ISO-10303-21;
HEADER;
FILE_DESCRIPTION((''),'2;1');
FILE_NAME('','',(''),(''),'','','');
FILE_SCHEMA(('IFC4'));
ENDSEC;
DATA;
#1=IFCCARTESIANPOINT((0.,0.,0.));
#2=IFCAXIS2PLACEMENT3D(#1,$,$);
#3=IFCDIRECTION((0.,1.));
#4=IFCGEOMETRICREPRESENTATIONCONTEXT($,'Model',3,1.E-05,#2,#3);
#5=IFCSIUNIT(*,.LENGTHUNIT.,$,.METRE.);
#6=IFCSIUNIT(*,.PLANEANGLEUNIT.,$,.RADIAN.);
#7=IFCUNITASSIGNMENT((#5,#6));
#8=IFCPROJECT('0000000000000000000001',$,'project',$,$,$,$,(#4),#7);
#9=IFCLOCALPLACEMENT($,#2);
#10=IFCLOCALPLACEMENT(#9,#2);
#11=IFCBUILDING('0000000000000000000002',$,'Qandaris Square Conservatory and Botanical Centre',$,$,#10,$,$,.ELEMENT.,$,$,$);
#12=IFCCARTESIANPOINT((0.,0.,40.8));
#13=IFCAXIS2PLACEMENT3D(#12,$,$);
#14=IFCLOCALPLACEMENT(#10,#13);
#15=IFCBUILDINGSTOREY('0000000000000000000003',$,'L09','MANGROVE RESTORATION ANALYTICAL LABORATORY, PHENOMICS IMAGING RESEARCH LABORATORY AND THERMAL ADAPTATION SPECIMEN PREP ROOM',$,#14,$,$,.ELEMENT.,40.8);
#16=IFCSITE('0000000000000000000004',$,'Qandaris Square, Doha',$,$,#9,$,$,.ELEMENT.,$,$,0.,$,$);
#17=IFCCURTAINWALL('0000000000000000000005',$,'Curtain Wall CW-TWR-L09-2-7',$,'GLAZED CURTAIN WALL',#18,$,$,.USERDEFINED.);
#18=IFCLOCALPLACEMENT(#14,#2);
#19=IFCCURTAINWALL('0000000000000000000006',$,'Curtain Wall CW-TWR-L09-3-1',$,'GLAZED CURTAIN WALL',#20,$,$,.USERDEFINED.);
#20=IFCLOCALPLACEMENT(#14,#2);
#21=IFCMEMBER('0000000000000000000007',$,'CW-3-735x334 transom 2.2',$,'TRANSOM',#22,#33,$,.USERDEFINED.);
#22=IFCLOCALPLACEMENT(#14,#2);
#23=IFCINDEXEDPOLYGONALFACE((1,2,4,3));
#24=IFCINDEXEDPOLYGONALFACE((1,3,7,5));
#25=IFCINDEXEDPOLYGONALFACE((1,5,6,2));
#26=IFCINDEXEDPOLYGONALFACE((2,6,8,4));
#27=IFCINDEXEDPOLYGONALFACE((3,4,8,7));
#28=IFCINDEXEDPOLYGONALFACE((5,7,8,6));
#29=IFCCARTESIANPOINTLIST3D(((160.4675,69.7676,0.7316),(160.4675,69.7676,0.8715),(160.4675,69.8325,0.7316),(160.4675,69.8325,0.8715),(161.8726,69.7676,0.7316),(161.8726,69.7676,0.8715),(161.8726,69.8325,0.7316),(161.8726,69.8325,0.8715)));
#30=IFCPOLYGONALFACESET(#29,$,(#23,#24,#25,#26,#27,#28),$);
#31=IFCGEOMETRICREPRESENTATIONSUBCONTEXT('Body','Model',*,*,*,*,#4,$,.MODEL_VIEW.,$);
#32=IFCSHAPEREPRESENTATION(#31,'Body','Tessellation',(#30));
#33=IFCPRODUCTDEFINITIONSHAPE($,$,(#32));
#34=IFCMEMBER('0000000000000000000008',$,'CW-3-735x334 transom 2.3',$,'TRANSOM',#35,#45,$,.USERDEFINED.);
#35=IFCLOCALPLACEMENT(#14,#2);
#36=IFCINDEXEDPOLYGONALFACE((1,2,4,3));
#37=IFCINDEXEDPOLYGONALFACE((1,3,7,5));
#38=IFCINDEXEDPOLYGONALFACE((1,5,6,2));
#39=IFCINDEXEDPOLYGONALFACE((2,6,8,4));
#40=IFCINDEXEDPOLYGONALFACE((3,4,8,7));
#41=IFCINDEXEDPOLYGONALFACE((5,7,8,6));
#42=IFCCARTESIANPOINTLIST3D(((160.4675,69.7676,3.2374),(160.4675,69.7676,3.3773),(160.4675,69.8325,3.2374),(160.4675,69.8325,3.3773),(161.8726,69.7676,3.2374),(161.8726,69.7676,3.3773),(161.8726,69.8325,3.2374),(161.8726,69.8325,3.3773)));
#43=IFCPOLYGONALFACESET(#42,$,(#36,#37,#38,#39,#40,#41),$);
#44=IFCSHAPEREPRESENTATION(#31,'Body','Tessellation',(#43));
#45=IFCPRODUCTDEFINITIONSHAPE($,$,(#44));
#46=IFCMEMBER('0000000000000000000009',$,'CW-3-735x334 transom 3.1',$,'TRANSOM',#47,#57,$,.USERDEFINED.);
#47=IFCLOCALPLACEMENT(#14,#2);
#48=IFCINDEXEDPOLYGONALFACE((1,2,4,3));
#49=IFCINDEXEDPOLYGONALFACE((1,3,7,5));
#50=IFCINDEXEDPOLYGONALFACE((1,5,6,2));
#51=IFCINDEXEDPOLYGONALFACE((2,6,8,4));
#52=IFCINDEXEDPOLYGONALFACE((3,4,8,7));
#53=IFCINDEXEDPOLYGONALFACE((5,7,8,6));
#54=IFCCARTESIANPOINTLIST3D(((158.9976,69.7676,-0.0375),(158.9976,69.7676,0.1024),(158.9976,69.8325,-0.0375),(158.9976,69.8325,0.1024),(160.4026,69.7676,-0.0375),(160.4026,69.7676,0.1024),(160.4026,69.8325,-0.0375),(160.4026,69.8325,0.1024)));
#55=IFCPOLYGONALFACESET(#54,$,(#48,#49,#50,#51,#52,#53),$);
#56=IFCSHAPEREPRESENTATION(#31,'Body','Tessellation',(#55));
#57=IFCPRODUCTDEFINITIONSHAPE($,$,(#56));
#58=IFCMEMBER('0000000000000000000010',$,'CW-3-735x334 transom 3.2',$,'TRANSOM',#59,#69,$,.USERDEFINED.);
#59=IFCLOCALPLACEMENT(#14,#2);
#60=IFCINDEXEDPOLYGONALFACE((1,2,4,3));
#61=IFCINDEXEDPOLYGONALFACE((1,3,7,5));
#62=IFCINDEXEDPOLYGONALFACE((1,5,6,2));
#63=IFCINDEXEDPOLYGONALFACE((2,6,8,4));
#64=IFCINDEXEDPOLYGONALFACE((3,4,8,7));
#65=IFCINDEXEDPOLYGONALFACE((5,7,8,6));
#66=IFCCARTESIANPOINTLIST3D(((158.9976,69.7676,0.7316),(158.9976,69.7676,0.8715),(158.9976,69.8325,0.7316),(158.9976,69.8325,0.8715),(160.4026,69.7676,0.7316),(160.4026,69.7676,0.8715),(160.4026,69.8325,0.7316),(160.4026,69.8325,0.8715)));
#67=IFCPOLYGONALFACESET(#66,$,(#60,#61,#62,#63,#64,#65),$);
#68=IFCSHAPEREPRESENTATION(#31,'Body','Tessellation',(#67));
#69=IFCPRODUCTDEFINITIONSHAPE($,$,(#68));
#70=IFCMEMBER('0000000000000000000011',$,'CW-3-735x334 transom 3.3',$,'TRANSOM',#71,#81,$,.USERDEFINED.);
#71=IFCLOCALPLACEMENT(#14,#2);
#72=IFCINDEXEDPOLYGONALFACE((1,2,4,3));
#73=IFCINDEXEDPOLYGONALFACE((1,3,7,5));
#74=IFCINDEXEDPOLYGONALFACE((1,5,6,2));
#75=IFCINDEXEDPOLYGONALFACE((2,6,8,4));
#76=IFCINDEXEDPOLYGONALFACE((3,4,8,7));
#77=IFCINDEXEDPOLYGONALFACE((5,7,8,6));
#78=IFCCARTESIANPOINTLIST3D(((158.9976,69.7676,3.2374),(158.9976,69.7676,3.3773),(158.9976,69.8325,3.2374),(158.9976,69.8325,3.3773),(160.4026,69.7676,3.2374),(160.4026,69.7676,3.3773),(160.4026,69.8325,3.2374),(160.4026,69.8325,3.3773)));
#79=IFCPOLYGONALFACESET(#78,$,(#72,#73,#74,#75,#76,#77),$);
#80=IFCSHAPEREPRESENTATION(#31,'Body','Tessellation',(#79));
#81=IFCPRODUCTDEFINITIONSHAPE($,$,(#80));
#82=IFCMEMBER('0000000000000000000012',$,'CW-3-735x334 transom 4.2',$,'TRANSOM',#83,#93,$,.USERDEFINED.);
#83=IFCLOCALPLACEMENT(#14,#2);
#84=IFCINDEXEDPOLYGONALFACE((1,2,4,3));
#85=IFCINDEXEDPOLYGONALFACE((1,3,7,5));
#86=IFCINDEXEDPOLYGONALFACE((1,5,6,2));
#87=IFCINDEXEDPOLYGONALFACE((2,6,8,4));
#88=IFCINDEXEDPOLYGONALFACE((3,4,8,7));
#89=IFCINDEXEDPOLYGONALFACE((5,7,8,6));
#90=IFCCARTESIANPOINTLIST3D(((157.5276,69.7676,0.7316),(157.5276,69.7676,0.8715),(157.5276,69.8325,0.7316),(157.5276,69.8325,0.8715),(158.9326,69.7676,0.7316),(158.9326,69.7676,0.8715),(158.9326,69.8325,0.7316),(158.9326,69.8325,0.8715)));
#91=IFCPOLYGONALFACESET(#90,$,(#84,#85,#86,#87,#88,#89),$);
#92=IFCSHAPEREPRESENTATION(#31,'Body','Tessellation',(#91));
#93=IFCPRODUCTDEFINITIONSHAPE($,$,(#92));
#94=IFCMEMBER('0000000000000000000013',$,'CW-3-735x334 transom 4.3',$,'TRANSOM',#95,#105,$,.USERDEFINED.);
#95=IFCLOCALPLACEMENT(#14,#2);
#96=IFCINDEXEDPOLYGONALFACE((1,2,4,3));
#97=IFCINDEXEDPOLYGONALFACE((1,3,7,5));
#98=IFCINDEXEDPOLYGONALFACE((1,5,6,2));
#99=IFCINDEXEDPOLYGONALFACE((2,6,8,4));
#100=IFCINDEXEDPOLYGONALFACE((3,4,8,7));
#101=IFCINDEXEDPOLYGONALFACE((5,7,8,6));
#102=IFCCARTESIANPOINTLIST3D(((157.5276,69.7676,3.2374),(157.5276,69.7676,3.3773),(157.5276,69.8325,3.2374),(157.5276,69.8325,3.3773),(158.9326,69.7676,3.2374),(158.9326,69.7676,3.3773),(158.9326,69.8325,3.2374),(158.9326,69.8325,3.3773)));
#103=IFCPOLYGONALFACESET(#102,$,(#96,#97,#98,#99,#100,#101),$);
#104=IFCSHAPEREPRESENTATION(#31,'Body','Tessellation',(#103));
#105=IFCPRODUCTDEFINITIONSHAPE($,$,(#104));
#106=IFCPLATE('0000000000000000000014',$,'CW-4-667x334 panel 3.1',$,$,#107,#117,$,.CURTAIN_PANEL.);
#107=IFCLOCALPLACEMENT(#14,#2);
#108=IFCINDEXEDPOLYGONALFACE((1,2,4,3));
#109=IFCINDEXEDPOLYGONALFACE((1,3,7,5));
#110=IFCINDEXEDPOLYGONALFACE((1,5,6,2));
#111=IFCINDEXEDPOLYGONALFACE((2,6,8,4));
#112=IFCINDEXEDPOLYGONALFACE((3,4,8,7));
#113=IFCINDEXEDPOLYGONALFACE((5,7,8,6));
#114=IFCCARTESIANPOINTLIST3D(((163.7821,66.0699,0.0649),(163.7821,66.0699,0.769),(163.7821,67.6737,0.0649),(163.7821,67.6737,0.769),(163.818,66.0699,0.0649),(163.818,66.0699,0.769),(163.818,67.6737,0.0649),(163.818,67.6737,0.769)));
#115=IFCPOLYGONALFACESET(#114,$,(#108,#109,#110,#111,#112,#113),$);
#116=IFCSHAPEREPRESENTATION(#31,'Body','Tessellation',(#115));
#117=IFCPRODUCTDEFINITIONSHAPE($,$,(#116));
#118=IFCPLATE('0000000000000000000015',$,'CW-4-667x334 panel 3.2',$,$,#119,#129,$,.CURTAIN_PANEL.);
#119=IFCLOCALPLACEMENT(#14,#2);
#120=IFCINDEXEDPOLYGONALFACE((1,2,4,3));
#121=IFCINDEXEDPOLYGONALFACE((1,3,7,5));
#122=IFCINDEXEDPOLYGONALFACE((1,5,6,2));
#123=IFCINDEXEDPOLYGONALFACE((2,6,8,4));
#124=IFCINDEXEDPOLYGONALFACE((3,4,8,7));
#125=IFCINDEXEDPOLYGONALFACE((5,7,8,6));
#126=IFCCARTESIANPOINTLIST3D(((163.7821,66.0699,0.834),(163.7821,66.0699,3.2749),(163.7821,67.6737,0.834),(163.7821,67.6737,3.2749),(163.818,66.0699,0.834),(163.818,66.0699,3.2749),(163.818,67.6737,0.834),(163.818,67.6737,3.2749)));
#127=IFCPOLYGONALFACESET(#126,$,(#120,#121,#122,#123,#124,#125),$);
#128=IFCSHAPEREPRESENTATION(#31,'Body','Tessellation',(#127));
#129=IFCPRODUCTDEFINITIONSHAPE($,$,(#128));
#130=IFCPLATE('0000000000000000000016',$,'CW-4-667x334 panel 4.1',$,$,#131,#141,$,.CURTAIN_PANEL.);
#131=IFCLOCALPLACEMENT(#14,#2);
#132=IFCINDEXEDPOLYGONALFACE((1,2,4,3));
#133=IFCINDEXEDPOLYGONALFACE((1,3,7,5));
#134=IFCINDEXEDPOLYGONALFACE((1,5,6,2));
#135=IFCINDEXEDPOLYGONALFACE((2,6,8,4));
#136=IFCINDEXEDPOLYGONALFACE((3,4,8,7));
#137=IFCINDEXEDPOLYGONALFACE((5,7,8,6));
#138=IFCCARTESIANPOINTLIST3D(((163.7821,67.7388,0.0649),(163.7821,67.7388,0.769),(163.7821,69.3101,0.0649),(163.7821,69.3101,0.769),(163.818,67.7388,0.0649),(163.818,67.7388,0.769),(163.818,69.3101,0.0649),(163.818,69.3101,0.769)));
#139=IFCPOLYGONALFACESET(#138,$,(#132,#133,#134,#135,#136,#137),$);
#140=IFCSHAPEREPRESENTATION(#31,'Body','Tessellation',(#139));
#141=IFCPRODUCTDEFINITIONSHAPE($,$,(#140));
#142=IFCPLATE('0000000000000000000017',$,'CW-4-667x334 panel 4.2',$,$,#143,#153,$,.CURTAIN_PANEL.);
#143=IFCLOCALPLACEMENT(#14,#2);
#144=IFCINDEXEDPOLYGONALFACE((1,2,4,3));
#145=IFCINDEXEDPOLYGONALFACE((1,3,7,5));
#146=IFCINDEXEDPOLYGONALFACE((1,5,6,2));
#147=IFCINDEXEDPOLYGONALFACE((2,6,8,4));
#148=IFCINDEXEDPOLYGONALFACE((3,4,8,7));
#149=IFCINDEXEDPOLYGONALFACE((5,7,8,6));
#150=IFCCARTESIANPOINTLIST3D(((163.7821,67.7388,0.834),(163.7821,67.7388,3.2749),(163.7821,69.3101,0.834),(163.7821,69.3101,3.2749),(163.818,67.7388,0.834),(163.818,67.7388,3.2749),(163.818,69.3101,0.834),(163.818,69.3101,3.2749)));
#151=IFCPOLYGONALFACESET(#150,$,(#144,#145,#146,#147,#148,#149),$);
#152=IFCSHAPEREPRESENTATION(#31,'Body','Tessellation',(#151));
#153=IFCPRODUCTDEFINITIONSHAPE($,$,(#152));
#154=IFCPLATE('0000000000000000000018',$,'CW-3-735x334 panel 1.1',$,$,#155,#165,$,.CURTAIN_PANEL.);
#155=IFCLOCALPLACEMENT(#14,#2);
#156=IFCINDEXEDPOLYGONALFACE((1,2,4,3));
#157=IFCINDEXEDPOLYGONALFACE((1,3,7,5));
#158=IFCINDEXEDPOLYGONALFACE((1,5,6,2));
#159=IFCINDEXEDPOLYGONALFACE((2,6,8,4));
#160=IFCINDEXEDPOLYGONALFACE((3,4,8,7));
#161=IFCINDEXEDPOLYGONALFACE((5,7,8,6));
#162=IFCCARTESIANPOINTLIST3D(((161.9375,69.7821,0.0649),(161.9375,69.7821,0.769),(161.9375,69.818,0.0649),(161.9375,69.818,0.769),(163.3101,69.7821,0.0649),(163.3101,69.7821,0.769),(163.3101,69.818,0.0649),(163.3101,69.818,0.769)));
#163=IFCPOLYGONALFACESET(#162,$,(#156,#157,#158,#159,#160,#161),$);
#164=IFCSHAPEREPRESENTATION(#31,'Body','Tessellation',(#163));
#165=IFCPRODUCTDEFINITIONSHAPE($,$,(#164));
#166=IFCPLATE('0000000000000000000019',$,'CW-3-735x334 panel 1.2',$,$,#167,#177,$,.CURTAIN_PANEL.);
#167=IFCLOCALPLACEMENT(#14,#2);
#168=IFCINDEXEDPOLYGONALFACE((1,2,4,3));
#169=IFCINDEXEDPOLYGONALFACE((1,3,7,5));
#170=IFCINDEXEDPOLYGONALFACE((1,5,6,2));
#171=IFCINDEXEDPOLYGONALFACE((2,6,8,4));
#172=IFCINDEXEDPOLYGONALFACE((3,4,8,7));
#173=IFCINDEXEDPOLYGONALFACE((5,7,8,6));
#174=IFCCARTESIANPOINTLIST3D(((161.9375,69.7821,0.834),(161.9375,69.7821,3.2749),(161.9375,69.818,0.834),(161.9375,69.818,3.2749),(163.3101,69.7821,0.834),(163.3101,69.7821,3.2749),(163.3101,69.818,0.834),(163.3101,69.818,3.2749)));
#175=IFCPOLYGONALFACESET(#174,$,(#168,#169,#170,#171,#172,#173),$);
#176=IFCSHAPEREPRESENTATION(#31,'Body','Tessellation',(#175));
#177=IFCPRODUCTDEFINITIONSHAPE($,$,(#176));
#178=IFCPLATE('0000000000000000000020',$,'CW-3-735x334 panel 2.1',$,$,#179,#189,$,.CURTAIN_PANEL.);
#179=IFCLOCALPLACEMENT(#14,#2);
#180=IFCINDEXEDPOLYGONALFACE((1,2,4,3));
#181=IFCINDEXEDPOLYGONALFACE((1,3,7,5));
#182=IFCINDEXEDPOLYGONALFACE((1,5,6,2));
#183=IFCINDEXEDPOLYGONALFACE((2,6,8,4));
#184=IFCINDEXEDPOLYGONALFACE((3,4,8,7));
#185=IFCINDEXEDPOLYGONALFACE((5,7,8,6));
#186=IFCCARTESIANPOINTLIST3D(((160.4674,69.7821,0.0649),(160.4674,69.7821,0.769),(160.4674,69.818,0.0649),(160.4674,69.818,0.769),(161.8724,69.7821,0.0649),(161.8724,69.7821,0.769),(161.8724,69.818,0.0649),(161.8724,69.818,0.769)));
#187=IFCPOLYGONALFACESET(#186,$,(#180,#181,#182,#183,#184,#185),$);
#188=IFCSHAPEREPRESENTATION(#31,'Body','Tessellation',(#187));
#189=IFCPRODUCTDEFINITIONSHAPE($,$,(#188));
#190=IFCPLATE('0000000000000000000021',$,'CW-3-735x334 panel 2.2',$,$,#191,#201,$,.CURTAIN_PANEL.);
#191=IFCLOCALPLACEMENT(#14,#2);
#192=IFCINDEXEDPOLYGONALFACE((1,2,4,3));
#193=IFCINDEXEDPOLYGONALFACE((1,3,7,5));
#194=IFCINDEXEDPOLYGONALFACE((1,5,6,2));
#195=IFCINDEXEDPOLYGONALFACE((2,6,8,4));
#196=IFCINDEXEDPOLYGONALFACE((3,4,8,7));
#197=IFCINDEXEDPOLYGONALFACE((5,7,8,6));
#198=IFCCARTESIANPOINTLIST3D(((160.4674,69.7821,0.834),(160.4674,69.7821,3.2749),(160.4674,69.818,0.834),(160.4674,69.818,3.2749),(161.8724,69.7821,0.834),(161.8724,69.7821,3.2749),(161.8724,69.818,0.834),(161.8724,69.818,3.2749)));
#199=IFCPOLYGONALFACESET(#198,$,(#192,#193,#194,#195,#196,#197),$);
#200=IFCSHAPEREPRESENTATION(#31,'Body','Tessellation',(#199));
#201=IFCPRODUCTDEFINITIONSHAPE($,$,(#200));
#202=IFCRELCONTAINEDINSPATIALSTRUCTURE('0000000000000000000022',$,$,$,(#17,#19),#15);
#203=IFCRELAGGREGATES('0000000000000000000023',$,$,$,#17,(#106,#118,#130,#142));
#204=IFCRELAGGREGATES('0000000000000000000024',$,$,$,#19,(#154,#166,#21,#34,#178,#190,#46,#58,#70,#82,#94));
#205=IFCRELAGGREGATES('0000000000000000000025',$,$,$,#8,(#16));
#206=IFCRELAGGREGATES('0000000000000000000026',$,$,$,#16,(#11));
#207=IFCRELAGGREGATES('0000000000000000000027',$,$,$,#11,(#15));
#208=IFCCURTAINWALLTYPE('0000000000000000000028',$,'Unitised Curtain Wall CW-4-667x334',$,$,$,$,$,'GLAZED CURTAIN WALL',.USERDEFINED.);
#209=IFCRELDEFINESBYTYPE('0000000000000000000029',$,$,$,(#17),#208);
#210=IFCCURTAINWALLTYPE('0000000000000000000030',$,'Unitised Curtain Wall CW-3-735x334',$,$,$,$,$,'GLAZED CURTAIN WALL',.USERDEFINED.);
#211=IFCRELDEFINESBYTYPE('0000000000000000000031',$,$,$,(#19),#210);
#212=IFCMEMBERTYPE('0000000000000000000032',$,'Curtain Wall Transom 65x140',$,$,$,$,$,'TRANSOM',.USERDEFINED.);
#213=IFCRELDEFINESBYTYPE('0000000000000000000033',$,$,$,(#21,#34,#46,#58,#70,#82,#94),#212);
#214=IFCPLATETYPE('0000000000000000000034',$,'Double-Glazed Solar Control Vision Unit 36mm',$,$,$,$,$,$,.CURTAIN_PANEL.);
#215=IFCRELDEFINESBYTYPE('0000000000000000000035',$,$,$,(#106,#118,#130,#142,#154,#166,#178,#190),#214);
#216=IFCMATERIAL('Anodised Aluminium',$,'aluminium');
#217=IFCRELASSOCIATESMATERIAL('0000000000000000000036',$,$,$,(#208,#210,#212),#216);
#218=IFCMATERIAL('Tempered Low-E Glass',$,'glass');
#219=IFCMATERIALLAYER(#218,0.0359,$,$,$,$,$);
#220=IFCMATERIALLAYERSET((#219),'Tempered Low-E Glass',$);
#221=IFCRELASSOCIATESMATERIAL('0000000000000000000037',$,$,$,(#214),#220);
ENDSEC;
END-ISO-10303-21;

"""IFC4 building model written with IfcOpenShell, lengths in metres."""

from ifc_helpers import new_model, si_unit, direction, frame, origin, origin_2d, place, context, subcontext, project, spatial, rectangle, extrude, material, layer, layer_set, material_profile, profile_set, type_object, element, aggregate, save


model = new_model("IFC4")

# Units and contexts
model_context = context("Model", 3, precision=1e-05, world=origin(), true_north=direction((0.0, 1.0)))
body_context = subcontext(model_context, "Body", "Model", "MODEL_VIEW")
ifc_project = project(units=[si_unit("LENGTHUNIT", "METRE"), si_unit("PLANEANGLEUNIT", "RADIAN")], contexts=[model_context])

# Site, building, storey
site_placement = place(None, origin())
site = spatial("IfcSite", under=ifc_project, at=site_placement, Name="Qandaris Square, Doha", CompositionType="ELEMENT", RefElevation=0.0)
building_placement = place(site_placement, origin())
building = spatial("IfcBuilding", under=site, at=building_placement, Name="Qandaris Square Conservatory and Botanical Centre", CompositionType="ELEMENT")
storey_placement = place(building_placement, frame((0.0, 0.0, 40.8)))
storey = spatial("IfcBuildingStorey", under=building, at=storey_placement, Name="L09", Description="MANGROVE RESTORATION ANALYTICAL LABORATORY, PHENOMICS IMAGING RESEARCH LABORATORY AND THERMAL ADAPTATION SPECIMEN PREP ROOM", CompositionType="ELEMENT", Elevation=40.8)

# Curtain walls
ifc_material_1 = material(Name="Anodised Aluminium", Category="aluminium")
curtain_wall_type_1 = type_object("IfcCurtainWallType", Name="Unitised Curtain Wall CW-4-667x334", ElementType="GLAZED CURTAIN WALL", PredefinedType="USERDEFINED", material=ifc_material_1)
curtain_wall_1_placement = place(storey_placement, origin())
curtain_wall_1 = element("IfcCurtainWall", 1, at=curtain_wall_1_placement, inside=storey, type_object=curtain_wall_type_1, Name="Curtain Wall CW-TWR-L09-2-7", ObjectType="GLAZED CURTAIN WALL", PredefinedType="USERDEFINED")
curtain_wall_type_2 = type_object("IfcCurtainWallType", Name="Unitised Curtain Wall CW-3-735x334", ElementType="GLAZED CURTAIN WALL", PredefinedType="USERDEFINED", material=ifc_material_1)
curtain_wall_2_placement = place(storey_placement, origin())
curtain_wall_2 = element("IfcCurtainWall", 2, at=curtain_wall_2_placement, inside=storey, type_object=curtain_wall_type_2, Name="Curtain Wall CW-TWR-L09-3-1", ObjectType="GLAZED CURTAIN WALL", PredefinedType="USERDEFINED")

# Members
ifc_material_profile_1 = material_profile(ifc_material_1, rectangle(XDim=0.0649, YDim=0.1399, at=origin_2d()), Name="ALU-TRN 65x140")
ifc_profile_set_1 = profile_set([ifc_material_profile_1], Name="Anodised Aluminium")
member_type_1 = type_object("IfcMemberType", Name="Curtain Wall Transom 65x140", ElementType="TRANSOM", PredefinedType="USERDEFINED", material=ifc_profile_set_1)
member_1_placement = place(storey_placement, frame((161.8726, 69.8, 0.8015), z_axis=(-1.0, 0.0, 0.0), x_axis=(0.0, -1.0, 0.0)))
member_1 = element("IfcMember", 3, at=member_1_placement, type_object=member_type_1, Name="CW-3-735x334 transom 2.2", ObjectType="TRANSOM", PredefinedType="USERDEFINED", context=body_context, shape_type="SweptSolid", body=[
    extrude(rectangle(XDim=0.0649, YDim=0.1399, at=origin_2d()), origin(), (0.0, 0.0, 1.0), 1.405),
])
member_2_placement = place(storey_placement, frame((161.8726, 69.8, 3.3074), z_axis=(-1.0, 0.0, 0.0), x_axis=(0.0, -1.0, 0.0)))
member_2 = element("IfcMember", 4, at=member_2_placement, type_object=member_type_1, Name="CW-3-735x334 transom 2.3", ObjectType="TRANSOM", PredefinedType="USERDEFINED", context=body_context, shape_type="SweptSolid", body=[
    extrude(rectangle(XDim=0.0649, YDim=0.1399, at=origin_2d()), origin(), (0.0, 0.0, 1.0), 1.405),
])
member_3_placement = place(storey_placement, frame((160.4026, 69.8, 0.0325), z_axis=(-1.0, 0.0, 0.0), x_axis=(0.0, -1.0, 0.0)))
member_3 = element("IfcMember", 5, at=member_3_placement, type_object=member_type_1, Name="CW-3-735x334 transom 3.1", ObjectType="TRANSOM", PredefinedType="USERDEFINED", context=body_context, shape_type="SweptSolid", body=[
    extrude(rectangle(XDim=0.0649, YDim=0.1399, at=origin_2d()), origin(), (0.0, 0.0, 1.0), 1.405),
])
member_4_placement = place(storey_placement, frame((160.4026, 69.8, 0.8015), z_axis=(-1.0, 0.0, 0.0), x_axis=(0.0, -1.0, 0.0)))
member_4 = element("IfcMember", 6, at=member_4_placement, type_object=member_type_1, Name="CW-3-735x334 transom 3.2", ObjectType="TRANSOM", PredefinedType="USERDEFINED", context=body_context, shape_type="SweptSolid", body=[
    extrude(rectangle(XDim=0.0649, YDim=0.1399, at=origin_2d()), origin(), (0.0, 0.0, 1.0), 1.405),
])
member_5_placement = place(storey_placement, frame((160.4026, 69.8, 3.3074), z_axis=(-1.0, 0.0, 0.0), x_axis=(0.0, -1.0, 0.0)))
member_5 = element("IfcMember", 7, at=member_5_placement, type_object=member_type_1, Name="CW-3-735x334 transom 3.3", ObjectType="TRANSOM", PredefinedType="USERDEFINED", context=body_context, shape_type="SweptSolid", body=[
    extrude(rectangle(XDim=0.0649, YDim=0.1399, at=origin_2d()), origin(), (0.0, 0.0, 1.0), 1.405),
])
member_6_placement = place(storey_placement, frame((158.9326, 69.8, 0.8015), z_axis=(-1.0, 0.0, 0.0), x_axis=(0.0, -1.0, 0.0)))
member_6 = element("IfcMember", 8, at=member_6_placement, type_object=member_type_1, Name="CW-3-735x334 transom 4.2", ObjectType="TRANSOM", PredefinedType="USERDEFINED", context=body_context, shape_type="SweptSolid", body=[
    extrude(rectangle(XDim=0.0649, YDim=0.1399, at=origin_2d()), origin(), (0.0, 0.0, 1.0), 1.405),
])
member_7_placement = place(storey_placement, frame((158.9326, 69.8, 3.3074), z_axis=(-1.0, 0.0, 0.0), x_axis=(0.0, -1.0, 0.0)))
member_7 = element("IfcMember", 9, at=member_7_placement, type_object=member_type_1, Name="CW-3-735x334 transom 4.3", ObjectType="TRANSOM", PredefinedType="USERDEFINED", context=body_context, shape_type="SweptSolid", body=[
    extrude(rectangle(XDim=0.0649, YDim=0.1399, at=origin_2d()), origin(), (0.0, 0.0, 1.0), 1.405),
])

# Plates
ifc_material_2 = material(Name="Tempered Low-E Glass", Category="glass")
ifc_layer = layer(ifc_material_2, 0.0359)
ifc_layer_set = layer_set([ifc_layer], Name="Tempered Low-E Glass")
plate_type = type_object("IfcPlateType", Name="Double-Glazed Solar Control Vision Unit 36mm", PredefinedType="CURTAIN_PANEL", material=ifc_layer_set)
plate_1_placement = place(storey_placement, frame((163.8, 66.8718, 0.0649), z_axis=(0.0, 0.0, 1.0), x_axis=(0.0, 1.0, 0.0)))
plate_1 = element("IfcPlate", 10, at=plate_1_placement, type_object=plate_type, Name="CW-4-667x334 panel 3.1", PredefinedType="CURTAIN_PANEL", context=body_context, shape_type="SweptSolid", body=[
    extrude(rectangle(XDim=1.6038, YDim=0.0359, at=origin_2d()), origin(), (0.0, 0.0, 1.0), 0.7041),
])
plate_2_placement = place(storey_placement, frame((163.8, 66.8718, 0.834), z_axis=(0.0, 0.0, 1.0), x_axis=(0.0, 1.0, 0.0)))
plate_2 = element("IfcPlate", 11, at=plate_2_placement, type_object=plate_type, Name="CW-4-667x334 panel 3.2", PredefinedType="CURTAIN_PANEL", context=body_context, shape_type="SweptSolid", body=[
    extrude(rectangle(XDim=1.6038, YDim=0.0359, at=origin_2d()), origin(), (0.0, 0.0, 1.0), 2.4409),
])
plate_3_placement = place(storey_placement, frame((163.8, 68.5244, 0.0649), z_axis=(0.0, 0.0, 1.0), x_axis=(0.0, 1.0, 0.0)))
plate_3 = element("IfcPlate", 12, at=plate_3_placement, type_object=plate_type, Name="CW-4-667x334 panel 4.1", PredefinedType="CURTAIN_PANEL", context=body_context, shape_type="SweptSolid", body=[
    extrude(rectangle(XDim=1.5713, YDim=0.0359, at=origin_2d()), origin(), (0.0, 0.0, 1.0), 0.7041),
])
plate_4_placement = place(storey_placement, frame((163.8, 68.5244, 0.834), z_axis=(0.0, 0.0, 1.0), x_axis=(0.0, 1.0, 0.0)))
plate_4 = element("IfcPlate", 13, at=plate_4_placement, type_object=plate_type, Name="CW-4-667x334 panel 4.2", PredefinedType="CURTAIN_PANEL", context=body_context, shape_type="SweptSolid", body=[
    extrude(rectangle(XDim=1.5713, YDim=0.0359, at=origin_2d()), origin(), (0.0, 0.0, 1.0), 2.4409),
])
aggregate(curtain_wall_1, [plate_1, plate_2, plate_3, plate_4])
plate_5_placement = place(storey_placement, frame((162.6238, 69.8, 0.0649), z_axis=(0.0, 0.0, 1.0), x_axis=(-1.0, 0.0, 0.0)))
plate_5 = element("IfcPlate", 14, at=plate_5_placement, type_object=plate_type, Name="CW-3-735x334 panel 1.1", PredefinedType="CURTAIN_PANEL", context=body_context, shape_type="SweptSolid", body=[
    extrude(rectangle(XDim=1.3726, YDim=0.0359, at=origin_2d()), origin(), (0.0, 0.0, 1.0), 0.7041),
])
plate_6_placement = place(storey_placement, frame((162.6238, 69.8, 0.834), z_axis=(0.0, 0.0, 1.0), x_axis=(-1.0, 0.0, 0.0)))
plate_6 = element("IfcPlate", 15, at=plate_6_placement, type_object=plate_type, Name="CW-3-735x334 panel 1.2", PredefinedType="CURTAIN_PANEL", context=body_context, shape_type="SweptSolid", body=[
    extrude(rectangle(XDim=1.3726, YDim=0.0359, at=origin_2d()), origin(), (0.0, 0.0, 1.0), 2.4409),
])
plate_7_placement = place(storey_placement, frame((161.1699, 69.8, 0.0649), z_axis=(0.0, 0.0, 1.0), x_axis=(-1.0, 0.0, 0.0)))
plate_7 = element("IfcPlate", 16, at=plate_7_placement, type_object=plate_type, Name="CW-3-735x334 panel 2.1", PredefinedType="CURTAIN_PANEL", context=body_context, shape_type="SweptSolid", body=[
    extrude(rectangle(XDim=1.405, YDim=0.0359, at=origin_2d()), origin(), (0.0, 0.0, 1.0), 0.7041),
])
plate_8_placement = place(storey_placement, frame((161.1699, 69.8, 0.834), z_axis=(0.0, 0.0, 1.0), x_axis=(-1.0, 0.0, 0.0)))
plate_8 = element("IfcPlate", 17, at=plate_8_placement, type_object=plate_type, Name="CW-3-735x334 panel 2.2", PredefinedType="CURTAIN_PANEL", context=body_context, shape_type="SweptSolid", body=[
    extrude(rectangle(XDim=1.405, YDim=0.0359, at=origin_2d()), origin(), (0.0, 0.0, 1.0), 2.4409),
])
aggregate(curtain_wall_2, [plate_5, plate_6, member_1, member_2, plate_7, plate_8, member_3, member_4, member_5, member_6, member_7])

save(model, "model.ifc")
